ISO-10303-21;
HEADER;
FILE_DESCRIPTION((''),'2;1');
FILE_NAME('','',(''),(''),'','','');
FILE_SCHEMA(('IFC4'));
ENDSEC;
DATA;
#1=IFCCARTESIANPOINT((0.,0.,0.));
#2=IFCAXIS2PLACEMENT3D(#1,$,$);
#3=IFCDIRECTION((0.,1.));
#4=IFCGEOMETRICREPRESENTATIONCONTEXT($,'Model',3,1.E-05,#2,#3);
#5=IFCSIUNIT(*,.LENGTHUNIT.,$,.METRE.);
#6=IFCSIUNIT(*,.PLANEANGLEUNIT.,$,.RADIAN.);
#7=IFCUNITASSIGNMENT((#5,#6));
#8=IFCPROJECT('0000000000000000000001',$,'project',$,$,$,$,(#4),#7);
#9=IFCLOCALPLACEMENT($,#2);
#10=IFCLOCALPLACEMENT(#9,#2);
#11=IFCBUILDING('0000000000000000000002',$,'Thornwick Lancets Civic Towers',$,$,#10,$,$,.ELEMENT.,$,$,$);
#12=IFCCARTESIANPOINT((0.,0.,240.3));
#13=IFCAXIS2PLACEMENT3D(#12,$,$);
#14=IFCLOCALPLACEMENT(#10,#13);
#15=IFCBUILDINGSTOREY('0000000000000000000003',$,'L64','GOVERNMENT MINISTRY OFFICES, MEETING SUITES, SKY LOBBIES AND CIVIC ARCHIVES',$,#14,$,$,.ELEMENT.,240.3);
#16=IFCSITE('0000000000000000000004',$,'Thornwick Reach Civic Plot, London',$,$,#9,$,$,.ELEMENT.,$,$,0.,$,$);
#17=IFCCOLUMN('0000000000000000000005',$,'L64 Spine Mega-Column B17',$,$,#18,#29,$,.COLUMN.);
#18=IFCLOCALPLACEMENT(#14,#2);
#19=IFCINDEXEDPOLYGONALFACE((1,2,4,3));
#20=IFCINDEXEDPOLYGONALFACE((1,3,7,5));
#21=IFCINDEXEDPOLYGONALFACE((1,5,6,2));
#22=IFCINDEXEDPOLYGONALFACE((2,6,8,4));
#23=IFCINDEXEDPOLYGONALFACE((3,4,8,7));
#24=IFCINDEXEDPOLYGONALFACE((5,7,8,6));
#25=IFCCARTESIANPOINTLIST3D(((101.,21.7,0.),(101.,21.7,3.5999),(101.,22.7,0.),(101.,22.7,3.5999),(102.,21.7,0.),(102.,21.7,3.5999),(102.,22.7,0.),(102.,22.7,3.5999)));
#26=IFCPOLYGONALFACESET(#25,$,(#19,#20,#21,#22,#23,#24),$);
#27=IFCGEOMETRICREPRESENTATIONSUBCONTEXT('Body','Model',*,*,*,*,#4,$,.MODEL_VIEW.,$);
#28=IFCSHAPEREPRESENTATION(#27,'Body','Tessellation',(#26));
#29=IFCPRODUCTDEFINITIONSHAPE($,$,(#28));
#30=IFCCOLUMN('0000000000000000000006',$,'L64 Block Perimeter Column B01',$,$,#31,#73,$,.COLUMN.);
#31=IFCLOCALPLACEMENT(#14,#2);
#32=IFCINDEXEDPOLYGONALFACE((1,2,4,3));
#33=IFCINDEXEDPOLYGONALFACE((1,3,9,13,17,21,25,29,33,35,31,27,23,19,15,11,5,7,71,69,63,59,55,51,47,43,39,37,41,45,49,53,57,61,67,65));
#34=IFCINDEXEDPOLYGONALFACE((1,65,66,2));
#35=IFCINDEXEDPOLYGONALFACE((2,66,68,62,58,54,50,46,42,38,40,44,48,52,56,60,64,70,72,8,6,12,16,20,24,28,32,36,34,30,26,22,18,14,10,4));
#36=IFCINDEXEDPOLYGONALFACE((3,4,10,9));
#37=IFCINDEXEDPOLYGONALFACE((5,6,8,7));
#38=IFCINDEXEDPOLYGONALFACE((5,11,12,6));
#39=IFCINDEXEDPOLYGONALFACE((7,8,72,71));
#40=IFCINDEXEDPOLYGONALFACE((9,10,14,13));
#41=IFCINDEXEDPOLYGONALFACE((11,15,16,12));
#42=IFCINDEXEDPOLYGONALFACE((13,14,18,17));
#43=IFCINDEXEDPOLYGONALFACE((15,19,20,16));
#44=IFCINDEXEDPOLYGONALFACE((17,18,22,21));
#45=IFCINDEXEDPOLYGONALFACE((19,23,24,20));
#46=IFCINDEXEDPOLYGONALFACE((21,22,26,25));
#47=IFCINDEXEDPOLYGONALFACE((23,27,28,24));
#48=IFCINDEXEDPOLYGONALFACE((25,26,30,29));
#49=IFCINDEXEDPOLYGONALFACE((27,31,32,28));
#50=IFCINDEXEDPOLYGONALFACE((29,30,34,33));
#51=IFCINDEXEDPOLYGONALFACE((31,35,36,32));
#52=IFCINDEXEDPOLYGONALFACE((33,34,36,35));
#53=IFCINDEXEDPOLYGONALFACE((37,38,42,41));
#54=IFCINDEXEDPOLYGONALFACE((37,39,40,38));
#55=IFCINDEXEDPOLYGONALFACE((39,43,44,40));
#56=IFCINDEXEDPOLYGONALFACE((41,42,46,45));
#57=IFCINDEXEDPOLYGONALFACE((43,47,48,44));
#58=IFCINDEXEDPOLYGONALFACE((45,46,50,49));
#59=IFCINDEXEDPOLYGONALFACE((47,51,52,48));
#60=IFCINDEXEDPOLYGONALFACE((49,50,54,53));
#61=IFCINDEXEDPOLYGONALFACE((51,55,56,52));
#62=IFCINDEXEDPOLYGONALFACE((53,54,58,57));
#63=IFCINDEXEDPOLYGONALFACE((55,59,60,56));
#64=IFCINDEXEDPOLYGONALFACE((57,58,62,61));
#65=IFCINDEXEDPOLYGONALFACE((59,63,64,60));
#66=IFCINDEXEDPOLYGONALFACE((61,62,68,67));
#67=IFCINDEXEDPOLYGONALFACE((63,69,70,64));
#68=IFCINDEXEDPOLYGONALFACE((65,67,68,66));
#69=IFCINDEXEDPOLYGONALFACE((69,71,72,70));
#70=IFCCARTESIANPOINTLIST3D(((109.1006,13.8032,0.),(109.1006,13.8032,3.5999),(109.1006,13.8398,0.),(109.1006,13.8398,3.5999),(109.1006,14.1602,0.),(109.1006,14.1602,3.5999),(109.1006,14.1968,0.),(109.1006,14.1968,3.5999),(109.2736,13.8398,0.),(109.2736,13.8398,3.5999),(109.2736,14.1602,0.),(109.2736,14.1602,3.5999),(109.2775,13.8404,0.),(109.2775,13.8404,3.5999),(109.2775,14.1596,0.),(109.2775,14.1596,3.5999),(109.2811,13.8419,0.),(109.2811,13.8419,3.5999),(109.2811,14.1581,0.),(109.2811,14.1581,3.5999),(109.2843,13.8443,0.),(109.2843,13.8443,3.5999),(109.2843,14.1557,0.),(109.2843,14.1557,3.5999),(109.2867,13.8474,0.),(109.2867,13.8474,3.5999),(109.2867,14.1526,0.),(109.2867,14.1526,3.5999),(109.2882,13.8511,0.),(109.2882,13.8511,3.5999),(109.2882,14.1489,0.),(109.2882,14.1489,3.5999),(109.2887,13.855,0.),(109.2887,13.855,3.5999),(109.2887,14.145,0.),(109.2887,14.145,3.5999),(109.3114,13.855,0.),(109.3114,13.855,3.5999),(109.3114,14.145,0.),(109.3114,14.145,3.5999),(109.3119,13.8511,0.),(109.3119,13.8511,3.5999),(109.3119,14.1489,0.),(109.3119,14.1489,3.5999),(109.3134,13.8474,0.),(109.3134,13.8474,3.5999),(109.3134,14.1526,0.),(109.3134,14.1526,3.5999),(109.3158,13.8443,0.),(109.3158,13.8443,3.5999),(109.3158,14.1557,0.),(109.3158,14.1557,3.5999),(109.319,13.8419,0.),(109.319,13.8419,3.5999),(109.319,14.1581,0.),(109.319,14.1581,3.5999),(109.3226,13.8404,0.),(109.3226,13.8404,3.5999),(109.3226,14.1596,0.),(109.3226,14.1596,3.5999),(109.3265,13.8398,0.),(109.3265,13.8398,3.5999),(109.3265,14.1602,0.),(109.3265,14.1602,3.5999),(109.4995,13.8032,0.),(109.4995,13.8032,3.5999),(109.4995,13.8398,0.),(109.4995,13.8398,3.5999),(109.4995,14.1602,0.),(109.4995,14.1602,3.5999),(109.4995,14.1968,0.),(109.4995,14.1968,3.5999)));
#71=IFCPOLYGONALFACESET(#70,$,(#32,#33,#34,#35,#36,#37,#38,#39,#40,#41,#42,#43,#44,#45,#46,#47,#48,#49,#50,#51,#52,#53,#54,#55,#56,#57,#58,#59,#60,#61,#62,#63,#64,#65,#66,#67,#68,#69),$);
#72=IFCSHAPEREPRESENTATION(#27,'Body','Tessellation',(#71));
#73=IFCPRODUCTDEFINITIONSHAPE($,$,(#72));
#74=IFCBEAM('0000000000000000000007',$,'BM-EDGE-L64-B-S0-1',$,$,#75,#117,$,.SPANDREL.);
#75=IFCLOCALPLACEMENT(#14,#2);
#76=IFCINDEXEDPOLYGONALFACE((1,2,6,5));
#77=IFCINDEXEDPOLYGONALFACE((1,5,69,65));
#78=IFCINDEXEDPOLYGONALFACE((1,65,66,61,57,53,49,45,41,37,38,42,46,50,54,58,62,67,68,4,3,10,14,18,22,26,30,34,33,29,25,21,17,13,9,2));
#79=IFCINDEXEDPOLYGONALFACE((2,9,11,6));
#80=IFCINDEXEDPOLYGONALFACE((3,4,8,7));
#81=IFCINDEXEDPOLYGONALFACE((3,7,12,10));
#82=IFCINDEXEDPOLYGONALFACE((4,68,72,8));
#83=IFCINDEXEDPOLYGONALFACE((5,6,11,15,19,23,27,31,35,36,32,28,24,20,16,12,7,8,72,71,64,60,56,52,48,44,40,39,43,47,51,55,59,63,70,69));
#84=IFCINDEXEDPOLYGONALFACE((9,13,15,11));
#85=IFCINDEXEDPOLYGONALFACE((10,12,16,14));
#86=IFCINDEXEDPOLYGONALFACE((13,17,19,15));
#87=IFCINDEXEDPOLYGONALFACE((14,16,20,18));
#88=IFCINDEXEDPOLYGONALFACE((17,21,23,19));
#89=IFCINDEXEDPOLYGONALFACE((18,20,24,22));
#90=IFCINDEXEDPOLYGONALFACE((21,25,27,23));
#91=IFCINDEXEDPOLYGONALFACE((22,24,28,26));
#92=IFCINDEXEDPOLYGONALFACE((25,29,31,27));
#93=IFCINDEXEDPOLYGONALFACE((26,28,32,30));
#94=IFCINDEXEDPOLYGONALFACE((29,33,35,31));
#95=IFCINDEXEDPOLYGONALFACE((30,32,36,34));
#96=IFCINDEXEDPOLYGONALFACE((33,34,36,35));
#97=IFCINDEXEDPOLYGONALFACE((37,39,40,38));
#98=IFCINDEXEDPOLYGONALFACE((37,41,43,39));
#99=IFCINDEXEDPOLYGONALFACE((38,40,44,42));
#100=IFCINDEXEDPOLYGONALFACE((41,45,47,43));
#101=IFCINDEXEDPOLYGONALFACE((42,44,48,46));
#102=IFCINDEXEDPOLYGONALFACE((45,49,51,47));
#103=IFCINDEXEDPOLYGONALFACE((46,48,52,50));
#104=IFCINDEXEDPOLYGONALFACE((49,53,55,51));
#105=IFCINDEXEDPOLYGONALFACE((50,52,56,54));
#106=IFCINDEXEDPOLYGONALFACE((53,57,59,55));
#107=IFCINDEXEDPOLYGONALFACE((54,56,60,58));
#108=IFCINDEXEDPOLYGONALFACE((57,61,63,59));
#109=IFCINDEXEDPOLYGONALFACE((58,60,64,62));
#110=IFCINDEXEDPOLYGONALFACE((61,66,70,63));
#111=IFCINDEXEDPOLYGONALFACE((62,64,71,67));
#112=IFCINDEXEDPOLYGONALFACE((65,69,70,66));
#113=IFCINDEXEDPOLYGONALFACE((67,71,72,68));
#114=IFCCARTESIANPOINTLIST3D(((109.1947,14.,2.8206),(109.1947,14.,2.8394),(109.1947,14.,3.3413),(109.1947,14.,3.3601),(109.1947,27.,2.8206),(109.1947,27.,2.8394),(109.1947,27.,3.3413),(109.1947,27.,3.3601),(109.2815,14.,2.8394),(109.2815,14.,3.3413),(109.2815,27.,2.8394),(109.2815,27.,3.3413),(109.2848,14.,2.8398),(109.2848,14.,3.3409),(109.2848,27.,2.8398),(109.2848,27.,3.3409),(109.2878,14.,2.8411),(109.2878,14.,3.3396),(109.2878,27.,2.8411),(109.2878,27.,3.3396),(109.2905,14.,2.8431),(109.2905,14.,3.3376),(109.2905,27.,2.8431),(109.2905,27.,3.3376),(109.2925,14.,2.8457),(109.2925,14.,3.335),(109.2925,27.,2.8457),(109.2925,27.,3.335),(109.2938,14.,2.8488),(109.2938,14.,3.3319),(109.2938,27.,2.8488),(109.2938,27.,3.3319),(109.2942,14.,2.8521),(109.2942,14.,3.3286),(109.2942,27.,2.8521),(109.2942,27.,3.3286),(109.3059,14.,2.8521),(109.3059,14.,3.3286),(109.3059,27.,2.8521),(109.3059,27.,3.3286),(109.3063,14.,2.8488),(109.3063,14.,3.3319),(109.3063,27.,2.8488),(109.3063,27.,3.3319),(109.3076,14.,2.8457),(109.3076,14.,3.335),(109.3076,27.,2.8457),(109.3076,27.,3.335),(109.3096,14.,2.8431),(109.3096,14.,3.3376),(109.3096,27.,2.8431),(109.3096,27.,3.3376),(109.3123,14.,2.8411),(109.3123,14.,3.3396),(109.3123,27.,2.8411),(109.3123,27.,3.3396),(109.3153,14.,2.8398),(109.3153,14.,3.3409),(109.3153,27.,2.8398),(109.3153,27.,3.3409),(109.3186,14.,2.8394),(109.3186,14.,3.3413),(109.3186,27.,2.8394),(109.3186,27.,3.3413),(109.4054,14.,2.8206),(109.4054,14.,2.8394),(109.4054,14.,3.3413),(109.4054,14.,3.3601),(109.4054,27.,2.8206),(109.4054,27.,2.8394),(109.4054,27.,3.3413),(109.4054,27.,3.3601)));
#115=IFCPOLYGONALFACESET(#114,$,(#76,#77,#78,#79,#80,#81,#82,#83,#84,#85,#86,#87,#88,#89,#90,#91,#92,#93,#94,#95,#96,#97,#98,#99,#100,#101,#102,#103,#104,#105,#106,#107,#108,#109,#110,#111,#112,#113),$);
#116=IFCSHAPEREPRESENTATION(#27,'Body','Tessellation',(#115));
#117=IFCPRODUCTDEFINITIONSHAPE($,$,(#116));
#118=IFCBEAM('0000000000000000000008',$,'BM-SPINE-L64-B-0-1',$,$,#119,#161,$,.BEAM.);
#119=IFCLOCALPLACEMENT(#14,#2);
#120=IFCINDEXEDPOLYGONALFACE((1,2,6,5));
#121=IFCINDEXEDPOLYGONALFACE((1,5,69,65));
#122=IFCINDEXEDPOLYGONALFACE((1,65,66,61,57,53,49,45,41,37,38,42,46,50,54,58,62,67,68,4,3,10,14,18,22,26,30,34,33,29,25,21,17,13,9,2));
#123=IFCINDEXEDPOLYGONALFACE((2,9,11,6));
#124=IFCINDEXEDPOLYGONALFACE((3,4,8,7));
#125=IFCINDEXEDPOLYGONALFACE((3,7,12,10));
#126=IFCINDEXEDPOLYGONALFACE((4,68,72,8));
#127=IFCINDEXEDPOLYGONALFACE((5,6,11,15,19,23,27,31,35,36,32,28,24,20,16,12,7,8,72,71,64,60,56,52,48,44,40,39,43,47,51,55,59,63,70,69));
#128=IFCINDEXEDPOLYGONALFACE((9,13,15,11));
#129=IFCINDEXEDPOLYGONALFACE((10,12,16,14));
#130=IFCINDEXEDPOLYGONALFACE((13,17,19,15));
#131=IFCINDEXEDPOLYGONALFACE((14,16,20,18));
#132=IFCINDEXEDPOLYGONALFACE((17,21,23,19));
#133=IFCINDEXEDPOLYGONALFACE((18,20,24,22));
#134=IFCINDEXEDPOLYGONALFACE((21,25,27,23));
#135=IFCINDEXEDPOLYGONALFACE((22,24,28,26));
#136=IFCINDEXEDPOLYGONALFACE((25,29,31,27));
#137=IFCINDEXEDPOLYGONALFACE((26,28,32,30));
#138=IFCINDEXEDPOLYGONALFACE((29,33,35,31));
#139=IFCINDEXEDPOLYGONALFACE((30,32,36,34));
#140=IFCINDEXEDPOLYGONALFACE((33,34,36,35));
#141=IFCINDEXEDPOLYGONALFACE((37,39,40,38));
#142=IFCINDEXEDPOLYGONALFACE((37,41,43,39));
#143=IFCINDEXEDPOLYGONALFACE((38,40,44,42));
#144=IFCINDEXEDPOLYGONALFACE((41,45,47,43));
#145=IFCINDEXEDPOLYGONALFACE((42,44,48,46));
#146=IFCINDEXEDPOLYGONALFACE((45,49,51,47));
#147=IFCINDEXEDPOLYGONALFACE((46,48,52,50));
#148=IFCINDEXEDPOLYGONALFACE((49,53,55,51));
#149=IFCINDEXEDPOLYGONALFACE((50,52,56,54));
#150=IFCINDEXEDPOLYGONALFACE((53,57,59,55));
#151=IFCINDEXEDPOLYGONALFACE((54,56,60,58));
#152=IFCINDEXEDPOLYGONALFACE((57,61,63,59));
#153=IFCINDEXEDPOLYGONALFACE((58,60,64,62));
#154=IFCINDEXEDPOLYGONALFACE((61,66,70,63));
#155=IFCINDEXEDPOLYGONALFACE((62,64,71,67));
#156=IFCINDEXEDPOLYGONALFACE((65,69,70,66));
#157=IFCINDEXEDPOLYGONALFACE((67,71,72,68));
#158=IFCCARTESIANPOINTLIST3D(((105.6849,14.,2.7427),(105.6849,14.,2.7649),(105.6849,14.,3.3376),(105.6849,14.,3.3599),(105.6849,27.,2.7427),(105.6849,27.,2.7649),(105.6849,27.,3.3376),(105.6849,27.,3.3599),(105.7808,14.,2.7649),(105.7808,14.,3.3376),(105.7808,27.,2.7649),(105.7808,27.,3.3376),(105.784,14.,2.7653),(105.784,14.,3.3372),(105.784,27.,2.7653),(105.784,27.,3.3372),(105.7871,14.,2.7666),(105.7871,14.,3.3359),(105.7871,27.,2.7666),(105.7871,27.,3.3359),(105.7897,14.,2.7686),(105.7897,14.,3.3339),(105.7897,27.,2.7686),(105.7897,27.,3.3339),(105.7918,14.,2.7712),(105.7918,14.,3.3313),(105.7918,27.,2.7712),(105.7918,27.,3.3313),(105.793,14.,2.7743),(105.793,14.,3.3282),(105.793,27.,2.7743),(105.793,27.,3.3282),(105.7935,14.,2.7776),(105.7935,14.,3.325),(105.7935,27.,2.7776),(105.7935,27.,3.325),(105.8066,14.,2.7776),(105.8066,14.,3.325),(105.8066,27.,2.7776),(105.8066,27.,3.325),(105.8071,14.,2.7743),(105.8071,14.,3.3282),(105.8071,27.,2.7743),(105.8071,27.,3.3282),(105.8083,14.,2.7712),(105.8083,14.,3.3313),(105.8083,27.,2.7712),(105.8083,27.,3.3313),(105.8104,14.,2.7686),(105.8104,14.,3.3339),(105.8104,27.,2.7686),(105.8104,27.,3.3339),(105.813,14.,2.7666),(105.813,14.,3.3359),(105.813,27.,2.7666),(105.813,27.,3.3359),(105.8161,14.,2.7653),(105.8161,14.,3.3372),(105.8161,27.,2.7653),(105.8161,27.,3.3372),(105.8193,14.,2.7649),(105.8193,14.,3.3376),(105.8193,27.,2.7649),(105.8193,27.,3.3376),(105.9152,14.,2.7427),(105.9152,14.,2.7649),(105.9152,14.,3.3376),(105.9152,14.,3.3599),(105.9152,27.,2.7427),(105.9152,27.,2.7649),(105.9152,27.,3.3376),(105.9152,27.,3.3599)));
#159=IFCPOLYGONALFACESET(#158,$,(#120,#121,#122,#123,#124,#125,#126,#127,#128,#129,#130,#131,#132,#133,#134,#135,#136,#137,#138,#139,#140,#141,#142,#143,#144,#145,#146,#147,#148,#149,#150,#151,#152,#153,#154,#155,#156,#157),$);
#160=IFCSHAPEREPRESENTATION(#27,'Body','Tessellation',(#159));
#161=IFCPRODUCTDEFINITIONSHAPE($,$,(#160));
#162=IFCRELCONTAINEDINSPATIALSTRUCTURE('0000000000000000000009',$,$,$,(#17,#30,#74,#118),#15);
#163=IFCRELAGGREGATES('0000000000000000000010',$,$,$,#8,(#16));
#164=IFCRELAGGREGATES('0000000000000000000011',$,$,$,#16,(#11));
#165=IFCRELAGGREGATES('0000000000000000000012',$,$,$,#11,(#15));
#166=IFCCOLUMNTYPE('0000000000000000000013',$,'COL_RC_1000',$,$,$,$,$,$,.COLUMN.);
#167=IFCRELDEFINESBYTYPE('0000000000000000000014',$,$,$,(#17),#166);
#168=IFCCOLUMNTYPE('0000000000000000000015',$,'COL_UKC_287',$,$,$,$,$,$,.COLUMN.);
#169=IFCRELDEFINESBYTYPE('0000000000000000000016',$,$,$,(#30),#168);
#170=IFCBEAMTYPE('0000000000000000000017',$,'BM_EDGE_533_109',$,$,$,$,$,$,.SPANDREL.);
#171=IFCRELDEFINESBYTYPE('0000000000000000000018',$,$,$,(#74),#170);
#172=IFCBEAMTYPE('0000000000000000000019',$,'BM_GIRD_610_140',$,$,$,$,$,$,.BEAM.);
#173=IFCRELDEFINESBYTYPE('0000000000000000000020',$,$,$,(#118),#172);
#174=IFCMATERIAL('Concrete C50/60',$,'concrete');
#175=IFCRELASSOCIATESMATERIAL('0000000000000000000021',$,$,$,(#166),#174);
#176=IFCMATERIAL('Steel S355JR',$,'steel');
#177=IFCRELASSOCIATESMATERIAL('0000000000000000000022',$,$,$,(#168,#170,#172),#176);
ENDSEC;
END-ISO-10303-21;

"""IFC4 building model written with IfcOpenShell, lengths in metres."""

from ifc_helpers import new_model, si_unit, direction, frame, origin, origin_2d, place, context, subcontext, project, spatial, rectangle, i_section, extrude, material, material_profile, profile_set, type_object, element, save


model = new_model("IFC4")

# Units and contexts
model_context = context("Model", 3, precision=1e-05, world=origin(), true_north=direction((0.0, 1.0)))
body_context = subcontext(model_context, "Body", "Model", "MODEL_VIEW")
ifc_project = project(units=[si_unit("LENGTHUNIT", "METRE"), si_unit("PLANEANGLEUNIT", "RADIAN")], contexts=[model_context])

# Site, building, storey
site_placement = place(None, origin())
site = spatial("IfcSite", under=ifc_project, at=site_placement, Name="Thornwick Reach Civic Plot, London", CompositionType="ELEMENT", RefElevation=0.0)
building_placement = place(site_placement, origin())
building = spatial("IfcBuilding", under=site, at=building_placement, Name="Thornwick Lancets Civic Towers", CompositionType="ELEMENT")
storey_placement = place(building_placement, frame((0.0, 0.0, 240.3)))
storey = spatial("IfcBuildingStorey", under=building, at=storey_placement, Name="L64", Description="GOVERNMENT MINISTRY OFFICES, MEETING SUITES, SKY LOBBIES AND CIVIC ARCHIVES", CompositionType="ELEMENT", Elevation=240.3)

# Columns
ifc_material_1 = material(Name="Concrete C50/60", Category="concrete")
ifc_material_profile_1 = material_profile(ifc_material_1, rectangle(XDim=1.0, YDim=1.0, at=origin_2d()), Name="RC 1000x1000")
ifc_profile_set_1 = profile_set([ifc_material_profile_1], Name="Concrete C50/60")
column_type_1 = type_object("IfcColumnType", Name="COL_RC_1000", PredefinedType="COLUMN", material=ifc_profile_set_1)
column_1_placement = place(storey_placement, frame((101.5, 22.2, 0.0), z_axis=(0.0, 0.0, 1.0), x_axis=(1.0, 0.0, 0.0)))
element("IfcColumn", 1, at=column_1_placement, inside=storey, type_object=column_type_1, Name="L64 Spine Mega-Column B17", PredefinedType="COLUMN", context=body_context, shape_type="SweptSolid", body=[
    extrude(rectangle(XDim=1.0, YDim=1.0, at=origin_2d()), origin(), (0.0, 0.0, 1.0), 3.5999),
])
ifc_material_2 = material(Name="Steel S355JR", Category="steel")
ifc_material_profile_2 = material_profile(ifc_material_2, i_section(OverallWidth=0.3989, OverallDepth=0.3936, WebThickness=0.0227, FlangeThickness=0.0366, FilletRadius=0.0151, at=origin_2d()), Name="UKC 356x406x287")
ifc_profile_set_2 = profile_set([ifc_material_profile_2], Name="Steel S355JR")
column_type_2 = type_object("IfcColumnType", Name="COL_UKC_287", PredefinedType="COLUMN", material=ifc_profile_set_2)
column_2_placement = place(storey_placement, frame((109.3, 14.0, 0.0), z_axis=(0.0, 0.0, 1.0), x_axis=(1.0, 0.0, 0.0)))
element("IfcColumn", 2, at=column_2_placement, inside=storey, type_object=column_type_2, Name="L64 Block Perimeter Column B01", PredefinedType="COLUMN", context=body_context, shape_type="SweptSolid", body=[
    extrude(i_section(OverallWidth=0.3989, OverallDepth=0.3936, WebThickness=0.0227, FlangeThickness=0.0366, FilletRadius=0.0151, at=origin_2d()), origin(), (0.0, 0.0, 1.0), 3.5999),
])

# Beams
ifc_material_profile_3 = material_profile(ifc_material_2, i_section(OverallWidth=0.2107, OverallDepth=0.5396, WebThickness=0.0117, FlangeThickness=0.0188, FilletRadius=0.0127, at=origin_2d()), Name="UKB 533x210x109")
ifc_profile_set_3 = profile_set([ifc_material_profile_3], Name="Steel S355JR")
beam_type_1 = type_object("IfcBeamType", Name="BM_EDGE_533_109", PredefinedType="SPANDREL", material=ifc_profile_set_3)
beam_1_placement = place(storey_placement, frame((109.3, 14.0, 3.0903), z_axis=(0.0, 1.0, 0.0), x_axis=(-1.0, 0.0, 0.0)))
element("IfcBeam", 3, at=beam_1_placement, inside=storey, type_object=beam_type_1, Name="BM-EDGE-L64-B-S0-1", PredefinedType="SPANDREL", context=body_context, shape_type="SweptSolid", body=[
    extrude(i_section(OverallWidth=0.2107, OverallDepth=0.5396, WebThickness=0.0117, FlangeThickness=0.0188, FilletRadius=0.0127, at=origin_2d()), origin(), (0.0, 0.0, 1.0), 13.0),
])
ifc_material_profile_4 = material_profile(ifc_material_2, i_section(OverallWidth=0.2302, OverallDepth=0.6172, WebThickness=0.0132, FlangeThickness=0.0222, FilletRadius=0.0127, at=origin_2d()), Name="UKB 610x229x140")
ifc_profile_set_4 = profile_set([ifc_material_profile_4], Name="Steel S355JR")
beam_type_2 = type_object("IfcBeamType", Name="BM_GIRD_610_140", PredefinedType="BEAM", material=ifc_profile_set_4)
beam_2_placement = place(storey_placement, frame((105.8, 14.0, 3.0513), z_axis=(0.0, 1.0, 0.0), x_axis=(-1.0, 0.0, 0.0)))
element("IfcBeam", 4, at=beam_2_placement, inside=storey, type_object=beam_type_2, Name="BM-SPINE-L64-B-0-1", PredefinedType="BEAM", context=body_context, shape_type="SweptSolid", body=[
    extrude(i_section(OverallWidth=0.2302, OverallDepth=0.6172, WebThickness=0.0132, FlangeThickness=0.0222, FilletRadius=0.0127, at=origin_2d()), origin(), (0.0, 0.0, 1.0), 13.0),
])

save(model, "model.ifc")
